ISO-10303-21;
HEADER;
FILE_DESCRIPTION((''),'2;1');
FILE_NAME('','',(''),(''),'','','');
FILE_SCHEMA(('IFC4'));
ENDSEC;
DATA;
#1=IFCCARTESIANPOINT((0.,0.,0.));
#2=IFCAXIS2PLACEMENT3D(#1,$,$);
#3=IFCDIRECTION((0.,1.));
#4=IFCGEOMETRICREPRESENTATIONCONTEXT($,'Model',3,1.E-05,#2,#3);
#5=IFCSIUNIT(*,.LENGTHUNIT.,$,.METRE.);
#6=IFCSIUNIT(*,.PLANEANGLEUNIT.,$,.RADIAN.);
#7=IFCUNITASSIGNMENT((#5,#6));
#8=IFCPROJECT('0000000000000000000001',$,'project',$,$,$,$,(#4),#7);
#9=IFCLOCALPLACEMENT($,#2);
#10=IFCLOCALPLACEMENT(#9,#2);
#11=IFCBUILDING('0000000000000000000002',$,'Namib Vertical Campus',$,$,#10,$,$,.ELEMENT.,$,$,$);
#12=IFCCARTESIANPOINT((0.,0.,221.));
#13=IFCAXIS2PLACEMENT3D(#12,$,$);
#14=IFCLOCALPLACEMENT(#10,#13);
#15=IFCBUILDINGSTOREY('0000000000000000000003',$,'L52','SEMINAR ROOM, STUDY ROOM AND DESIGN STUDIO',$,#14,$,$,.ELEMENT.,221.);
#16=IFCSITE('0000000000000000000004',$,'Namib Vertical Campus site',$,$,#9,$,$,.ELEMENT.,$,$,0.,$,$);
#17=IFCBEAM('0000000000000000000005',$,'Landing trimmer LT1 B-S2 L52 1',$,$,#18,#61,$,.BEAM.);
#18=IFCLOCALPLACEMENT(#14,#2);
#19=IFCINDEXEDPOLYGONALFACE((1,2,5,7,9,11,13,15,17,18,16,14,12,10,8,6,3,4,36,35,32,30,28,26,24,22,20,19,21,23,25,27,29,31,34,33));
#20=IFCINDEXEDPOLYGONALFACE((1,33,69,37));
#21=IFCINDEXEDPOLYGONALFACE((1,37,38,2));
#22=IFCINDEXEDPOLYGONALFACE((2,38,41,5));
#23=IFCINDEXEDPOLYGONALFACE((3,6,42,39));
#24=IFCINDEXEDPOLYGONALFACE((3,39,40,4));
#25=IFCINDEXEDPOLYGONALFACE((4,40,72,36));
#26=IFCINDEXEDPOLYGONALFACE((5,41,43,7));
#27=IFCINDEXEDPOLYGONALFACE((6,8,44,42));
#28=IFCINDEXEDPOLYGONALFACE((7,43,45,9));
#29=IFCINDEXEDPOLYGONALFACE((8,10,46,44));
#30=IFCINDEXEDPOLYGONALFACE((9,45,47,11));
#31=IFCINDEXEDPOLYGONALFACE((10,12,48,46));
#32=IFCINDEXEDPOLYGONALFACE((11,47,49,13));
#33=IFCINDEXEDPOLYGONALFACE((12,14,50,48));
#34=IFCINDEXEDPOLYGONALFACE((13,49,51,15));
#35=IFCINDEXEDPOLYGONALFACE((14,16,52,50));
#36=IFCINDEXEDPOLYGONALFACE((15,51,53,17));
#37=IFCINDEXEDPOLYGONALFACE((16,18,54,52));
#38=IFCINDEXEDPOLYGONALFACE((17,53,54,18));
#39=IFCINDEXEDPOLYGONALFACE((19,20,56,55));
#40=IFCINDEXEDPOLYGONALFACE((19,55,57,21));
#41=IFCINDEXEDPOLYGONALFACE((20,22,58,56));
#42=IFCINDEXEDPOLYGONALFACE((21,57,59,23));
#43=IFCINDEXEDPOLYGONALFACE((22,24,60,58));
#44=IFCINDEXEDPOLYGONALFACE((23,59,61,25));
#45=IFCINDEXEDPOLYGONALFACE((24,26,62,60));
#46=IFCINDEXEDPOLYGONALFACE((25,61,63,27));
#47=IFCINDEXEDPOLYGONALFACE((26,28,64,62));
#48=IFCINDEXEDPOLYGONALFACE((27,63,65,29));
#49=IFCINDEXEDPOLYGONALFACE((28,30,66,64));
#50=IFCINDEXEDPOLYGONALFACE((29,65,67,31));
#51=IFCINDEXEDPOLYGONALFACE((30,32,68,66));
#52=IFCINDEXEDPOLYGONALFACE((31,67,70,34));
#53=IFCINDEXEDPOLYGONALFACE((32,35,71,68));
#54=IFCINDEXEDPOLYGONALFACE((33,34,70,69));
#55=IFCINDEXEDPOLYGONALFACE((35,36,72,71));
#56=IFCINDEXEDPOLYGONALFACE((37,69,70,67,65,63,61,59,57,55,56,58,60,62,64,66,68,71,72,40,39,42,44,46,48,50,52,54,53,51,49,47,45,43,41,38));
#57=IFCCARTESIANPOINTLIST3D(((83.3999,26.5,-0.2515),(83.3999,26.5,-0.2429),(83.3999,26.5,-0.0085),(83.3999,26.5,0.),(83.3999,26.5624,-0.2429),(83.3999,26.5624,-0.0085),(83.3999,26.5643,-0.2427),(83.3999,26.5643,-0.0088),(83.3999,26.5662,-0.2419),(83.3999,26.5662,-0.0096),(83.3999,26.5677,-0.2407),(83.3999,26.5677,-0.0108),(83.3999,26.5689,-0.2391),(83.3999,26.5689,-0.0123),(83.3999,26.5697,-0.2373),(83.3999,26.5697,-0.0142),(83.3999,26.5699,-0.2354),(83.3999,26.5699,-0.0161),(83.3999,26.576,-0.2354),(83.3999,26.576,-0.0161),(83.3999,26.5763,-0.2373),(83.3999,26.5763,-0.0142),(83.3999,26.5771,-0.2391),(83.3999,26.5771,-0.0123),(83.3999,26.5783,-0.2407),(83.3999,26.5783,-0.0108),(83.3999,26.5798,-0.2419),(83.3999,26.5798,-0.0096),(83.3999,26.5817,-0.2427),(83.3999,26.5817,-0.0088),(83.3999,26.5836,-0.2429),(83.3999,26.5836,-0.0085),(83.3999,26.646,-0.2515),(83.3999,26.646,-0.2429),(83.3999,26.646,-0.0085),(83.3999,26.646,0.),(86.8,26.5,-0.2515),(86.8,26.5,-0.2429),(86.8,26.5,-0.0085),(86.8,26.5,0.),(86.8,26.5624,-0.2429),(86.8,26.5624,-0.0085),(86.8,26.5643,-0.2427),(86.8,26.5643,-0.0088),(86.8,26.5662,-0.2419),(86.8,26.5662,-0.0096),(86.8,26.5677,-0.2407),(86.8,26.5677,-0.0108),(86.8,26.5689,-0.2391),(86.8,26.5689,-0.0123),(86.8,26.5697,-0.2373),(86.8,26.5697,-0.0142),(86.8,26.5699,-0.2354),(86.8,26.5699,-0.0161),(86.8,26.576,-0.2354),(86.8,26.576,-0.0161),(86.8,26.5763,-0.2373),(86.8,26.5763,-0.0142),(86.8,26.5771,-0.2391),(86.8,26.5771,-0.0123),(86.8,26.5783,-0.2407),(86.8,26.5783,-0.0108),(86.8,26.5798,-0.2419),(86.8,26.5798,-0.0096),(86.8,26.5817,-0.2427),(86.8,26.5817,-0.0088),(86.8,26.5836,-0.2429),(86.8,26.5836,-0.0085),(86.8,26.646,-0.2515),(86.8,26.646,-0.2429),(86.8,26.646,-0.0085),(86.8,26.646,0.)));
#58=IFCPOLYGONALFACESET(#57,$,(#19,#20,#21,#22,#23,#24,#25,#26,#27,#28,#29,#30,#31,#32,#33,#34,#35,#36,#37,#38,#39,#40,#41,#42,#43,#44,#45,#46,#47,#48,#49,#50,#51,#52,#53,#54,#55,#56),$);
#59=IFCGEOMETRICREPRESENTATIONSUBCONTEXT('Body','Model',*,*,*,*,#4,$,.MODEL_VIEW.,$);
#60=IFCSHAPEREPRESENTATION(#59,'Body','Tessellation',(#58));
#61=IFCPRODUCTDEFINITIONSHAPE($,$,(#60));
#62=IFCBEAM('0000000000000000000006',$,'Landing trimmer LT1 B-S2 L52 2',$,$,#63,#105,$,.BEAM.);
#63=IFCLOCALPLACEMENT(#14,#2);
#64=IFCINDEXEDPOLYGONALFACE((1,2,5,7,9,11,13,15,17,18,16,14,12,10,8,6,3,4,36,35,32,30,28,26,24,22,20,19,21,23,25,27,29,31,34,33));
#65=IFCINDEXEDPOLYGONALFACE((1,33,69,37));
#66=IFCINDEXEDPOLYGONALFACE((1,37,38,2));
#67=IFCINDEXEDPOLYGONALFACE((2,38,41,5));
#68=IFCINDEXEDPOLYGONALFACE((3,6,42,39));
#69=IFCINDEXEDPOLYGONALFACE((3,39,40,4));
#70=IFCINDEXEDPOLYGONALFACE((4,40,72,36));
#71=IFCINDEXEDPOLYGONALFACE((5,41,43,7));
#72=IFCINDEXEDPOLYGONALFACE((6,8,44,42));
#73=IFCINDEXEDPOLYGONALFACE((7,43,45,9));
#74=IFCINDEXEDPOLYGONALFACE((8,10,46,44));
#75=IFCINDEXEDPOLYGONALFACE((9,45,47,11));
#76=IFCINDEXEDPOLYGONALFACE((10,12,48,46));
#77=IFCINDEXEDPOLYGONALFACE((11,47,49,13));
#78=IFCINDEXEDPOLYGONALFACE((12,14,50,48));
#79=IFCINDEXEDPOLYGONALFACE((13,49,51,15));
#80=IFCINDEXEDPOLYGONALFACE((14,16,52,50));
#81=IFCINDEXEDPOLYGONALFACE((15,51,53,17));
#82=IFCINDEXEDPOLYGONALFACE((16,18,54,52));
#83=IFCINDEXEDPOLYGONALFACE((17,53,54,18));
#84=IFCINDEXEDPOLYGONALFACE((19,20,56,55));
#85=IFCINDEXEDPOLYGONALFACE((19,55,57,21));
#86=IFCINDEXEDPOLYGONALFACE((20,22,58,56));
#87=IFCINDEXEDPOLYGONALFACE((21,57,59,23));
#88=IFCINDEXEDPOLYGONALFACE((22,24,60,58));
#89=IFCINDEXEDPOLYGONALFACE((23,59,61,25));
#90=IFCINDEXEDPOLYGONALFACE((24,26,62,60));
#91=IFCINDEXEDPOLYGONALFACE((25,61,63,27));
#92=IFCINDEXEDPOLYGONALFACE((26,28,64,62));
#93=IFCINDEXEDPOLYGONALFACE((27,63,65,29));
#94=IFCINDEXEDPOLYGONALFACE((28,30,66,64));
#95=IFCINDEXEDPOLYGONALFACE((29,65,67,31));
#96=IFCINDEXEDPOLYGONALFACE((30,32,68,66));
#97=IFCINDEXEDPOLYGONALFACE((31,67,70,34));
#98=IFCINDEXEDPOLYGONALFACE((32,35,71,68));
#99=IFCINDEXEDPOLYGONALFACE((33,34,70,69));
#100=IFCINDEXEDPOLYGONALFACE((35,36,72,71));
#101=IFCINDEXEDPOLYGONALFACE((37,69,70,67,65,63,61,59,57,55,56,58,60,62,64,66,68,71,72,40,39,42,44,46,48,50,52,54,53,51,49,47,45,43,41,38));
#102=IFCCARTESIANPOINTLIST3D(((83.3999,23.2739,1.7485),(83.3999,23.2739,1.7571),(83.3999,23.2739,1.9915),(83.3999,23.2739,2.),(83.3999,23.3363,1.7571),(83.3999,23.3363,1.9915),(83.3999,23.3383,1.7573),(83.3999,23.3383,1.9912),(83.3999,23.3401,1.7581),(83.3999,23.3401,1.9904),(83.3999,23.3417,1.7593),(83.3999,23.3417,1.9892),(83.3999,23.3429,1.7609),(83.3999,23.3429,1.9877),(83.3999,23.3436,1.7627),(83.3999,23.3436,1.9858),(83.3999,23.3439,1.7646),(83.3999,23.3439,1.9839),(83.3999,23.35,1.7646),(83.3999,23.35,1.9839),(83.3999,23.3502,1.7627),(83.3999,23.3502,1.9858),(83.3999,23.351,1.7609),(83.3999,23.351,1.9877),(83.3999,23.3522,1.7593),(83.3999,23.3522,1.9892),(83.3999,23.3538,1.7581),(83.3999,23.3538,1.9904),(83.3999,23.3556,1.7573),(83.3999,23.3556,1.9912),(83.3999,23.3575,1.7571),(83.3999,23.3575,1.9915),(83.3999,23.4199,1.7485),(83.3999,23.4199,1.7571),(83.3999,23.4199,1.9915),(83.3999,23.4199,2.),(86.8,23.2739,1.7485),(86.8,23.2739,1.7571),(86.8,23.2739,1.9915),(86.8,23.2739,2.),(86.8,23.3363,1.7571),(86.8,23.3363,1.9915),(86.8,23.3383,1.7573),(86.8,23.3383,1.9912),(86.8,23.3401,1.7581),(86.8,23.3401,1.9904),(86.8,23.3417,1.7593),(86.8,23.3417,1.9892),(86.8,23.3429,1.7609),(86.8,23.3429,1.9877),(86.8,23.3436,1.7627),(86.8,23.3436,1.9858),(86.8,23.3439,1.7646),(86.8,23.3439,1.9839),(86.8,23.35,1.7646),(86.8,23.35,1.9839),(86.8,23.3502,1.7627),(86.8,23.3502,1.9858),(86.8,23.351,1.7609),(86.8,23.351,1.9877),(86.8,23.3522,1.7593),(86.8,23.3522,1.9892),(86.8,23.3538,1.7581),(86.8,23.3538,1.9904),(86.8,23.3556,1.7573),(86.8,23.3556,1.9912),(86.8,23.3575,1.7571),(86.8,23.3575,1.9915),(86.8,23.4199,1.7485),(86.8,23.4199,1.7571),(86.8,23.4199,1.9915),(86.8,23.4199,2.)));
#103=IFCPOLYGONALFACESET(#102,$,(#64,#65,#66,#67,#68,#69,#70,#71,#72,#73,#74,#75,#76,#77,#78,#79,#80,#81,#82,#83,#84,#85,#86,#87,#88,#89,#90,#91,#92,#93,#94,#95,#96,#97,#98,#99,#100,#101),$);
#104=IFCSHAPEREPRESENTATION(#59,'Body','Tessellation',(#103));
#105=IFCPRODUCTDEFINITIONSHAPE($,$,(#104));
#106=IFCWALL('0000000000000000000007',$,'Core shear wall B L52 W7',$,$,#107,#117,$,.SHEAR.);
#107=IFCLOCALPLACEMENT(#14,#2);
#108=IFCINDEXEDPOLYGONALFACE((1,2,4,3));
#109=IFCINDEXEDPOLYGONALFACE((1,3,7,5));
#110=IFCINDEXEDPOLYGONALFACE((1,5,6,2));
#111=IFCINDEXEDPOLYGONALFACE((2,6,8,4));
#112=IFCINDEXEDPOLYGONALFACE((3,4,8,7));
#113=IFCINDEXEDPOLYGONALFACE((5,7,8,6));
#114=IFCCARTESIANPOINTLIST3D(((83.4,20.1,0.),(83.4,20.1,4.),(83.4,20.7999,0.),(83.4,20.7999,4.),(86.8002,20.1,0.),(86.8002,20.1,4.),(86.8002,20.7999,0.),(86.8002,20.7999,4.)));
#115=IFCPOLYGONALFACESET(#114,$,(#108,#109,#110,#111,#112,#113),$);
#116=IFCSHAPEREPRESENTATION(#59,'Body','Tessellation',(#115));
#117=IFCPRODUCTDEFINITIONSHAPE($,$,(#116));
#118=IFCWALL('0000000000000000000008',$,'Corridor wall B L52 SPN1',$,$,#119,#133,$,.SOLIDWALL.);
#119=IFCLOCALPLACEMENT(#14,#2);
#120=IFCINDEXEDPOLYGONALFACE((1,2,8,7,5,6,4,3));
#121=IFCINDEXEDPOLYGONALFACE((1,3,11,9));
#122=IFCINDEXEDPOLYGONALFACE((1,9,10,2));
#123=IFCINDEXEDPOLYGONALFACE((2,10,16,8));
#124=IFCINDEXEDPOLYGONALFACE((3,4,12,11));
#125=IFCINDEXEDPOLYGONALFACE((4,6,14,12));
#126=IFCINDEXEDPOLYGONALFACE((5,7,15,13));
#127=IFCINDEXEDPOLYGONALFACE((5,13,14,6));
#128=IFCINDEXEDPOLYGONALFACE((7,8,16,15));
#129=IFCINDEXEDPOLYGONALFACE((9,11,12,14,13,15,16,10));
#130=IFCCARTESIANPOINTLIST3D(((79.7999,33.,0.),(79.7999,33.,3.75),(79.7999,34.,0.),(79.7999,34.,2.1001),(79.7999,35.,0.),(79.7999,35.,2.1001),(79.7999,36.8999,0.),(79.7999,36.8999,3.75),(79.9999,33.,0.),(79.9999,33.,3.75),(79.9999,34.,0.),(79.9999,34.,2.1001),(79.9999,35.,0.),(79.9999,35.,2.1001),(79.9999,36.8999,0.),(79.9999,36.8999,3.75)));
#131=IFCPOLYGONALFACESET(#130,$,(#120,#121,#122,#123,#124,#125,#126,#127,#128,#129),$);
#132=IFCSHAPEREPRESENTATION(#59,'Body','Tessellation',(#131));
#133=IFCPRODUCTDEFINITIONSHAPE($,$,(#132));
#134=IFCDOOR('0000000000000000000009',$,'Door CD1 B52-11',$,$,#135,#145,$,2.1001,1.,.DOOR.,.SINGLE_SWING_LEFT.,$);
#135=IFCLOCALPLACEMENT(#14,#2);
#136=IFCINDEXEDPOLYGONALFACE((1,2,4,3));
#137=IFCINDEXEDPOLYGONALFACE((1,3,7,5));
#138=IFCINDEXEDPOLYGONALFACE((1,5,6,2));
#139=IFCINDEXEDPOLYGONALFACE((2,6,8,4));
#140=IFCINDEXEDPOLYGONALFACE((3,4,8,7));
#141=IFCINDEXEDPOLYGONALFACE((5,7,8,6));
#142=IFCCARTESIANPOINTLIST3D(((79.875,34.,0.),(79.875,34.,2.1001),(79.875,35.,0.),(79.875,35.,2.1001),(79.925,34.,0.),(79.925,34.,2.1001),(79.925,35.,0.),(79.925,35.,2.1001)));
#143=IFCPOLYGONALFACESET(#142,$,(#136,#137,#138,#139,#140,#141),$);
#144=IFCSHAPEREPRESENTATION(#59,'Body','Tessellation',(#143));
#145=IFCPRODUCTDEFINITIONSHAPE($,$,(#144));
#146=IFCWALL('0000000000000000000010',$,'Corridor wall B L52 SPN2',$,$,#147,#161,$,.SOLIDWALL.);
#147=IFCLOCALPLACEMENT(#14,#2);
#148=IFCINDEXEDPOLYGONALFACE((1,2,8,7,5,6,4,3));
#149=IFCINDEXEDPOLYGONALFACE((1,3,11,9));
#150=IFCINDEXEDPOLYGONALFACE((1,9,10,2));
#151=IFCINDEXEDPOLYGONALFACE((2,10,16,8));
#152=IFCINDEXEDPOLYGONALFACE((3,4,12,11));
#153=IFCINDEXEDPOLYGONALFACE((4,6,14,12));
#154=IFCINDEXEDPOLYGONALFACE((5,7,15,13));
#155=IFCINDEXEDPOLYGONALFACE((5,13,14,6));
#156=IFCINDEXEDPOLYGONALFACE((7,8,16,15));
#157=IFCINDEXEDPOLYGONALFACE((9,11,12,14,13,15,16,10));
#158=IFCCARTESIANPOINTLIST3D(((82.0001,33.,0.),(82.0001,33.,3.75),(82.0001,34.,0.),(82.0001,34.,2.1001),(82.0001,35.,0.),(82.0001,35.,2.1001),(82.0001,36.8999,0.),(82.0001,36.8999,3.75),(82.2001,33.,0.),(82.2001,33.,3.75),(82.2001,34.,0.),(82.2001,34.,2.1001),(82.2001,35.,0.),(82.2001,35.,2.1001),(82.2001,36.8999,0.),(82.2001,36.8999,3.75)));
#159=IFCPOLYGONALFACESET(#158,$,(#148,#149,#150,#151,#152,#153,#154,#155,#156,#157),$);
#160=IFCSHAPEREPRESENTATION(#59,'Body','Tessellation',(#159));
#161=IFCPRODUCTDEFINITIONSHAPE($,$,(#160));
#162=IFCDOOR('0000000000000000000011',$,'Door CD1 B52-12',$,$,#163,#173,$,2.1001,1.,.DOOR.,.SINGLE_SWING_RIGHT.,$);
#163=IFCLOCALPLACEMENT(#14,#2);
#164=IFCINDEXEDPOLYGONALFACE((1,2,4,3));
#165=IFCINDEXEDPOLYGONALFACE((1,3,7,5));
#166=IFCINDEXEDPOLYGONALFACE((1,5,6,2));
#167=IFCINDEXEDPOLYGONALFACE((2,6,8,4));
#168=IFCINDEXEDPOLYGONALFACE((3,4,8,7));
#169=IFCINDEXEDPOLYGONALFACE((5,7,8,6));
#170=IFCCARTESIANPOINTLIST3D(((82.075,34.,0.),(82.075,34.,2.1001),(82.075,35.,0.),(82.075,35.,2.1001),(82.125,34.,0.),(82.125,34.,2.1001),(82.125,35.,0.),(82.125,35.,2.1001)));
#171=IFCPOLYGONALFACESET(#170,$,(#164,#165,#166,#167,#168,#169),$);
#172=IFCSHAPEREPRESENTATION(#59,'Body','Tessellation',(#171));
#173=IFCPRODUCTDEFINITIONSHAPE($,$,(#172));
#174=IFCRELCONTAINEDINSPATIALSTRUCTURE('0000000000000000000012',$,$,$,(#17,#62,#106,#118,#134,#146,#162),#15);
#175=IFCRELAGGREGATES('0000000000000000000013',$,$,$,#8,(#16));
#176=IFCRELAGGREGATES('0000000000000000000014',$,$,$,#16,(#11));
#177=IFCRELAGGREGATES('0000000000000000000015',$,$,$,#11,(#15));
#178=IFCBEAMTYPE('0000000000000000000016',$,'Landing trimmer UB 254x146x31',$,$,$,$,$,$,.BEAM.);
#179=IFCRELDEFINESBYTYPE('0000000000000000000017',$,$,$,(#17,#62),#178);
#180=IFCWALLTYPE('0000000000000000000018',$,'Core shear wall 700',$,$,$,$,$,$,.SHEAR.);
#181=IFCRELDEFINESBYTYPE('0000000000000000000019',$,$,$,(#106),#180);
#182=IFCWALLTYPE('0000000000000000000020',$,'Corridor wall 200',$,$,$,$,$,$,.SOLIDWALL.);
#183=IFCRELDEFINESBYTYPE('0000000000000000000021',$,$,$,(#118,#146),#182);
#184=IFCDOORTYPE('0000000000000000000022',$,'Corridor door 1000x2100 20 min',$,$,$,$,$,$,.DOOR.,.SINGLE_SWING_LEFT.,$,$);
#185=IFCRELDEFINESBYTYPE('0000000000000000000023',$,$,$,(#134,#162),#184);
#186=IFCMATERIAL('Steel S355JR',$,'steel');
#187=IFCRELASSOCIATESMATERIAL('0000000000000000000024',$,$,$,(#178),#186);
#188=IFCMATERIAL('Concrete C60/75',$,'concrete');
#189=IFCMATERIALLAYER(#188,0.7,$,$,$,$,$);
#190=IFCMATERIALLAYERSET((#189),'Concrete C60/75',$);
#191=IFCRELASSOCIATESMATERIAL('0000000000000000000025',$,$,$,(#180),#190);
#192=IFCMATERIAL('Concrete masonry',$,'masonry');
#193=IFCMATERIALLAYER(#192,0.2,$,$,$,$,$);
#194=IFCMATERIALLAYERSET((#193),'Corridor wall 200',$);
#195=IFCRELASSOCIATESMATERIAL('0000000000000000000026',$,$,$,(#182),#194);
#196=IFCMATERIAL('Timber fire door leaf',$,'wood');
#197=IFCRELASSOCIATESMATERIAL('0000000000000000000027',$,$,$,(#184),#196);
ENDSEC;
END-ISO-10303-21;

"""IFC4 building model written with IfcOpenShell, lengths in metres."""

from ifc_helpers import new_model, si_unit, direction, frame, frame_2d, origin, origin_2d, place, context, subcontext, project, spatial, rectangle, i_section, extrude, material, layer, layer_set, material_profile, profile_set, type_object, element, fill, save


model = new_model("IFC4")

# Units and contexts
model_context = context("Model", 3, precision=1e-05, world=origin(), true_north=direction((0.0, 1.0)))
body_context = subcontext(model_context, "Body", "Model", "MODEL_VIEW")
ifc_project = project(units=[si_unit("LENGTHUNIT", "METRE"), si_unit("PLANEANGLEUNIT", "RADIAN")], contexts=[model_context])

# Site, building, storey
site_placement = place(None, origin())
site = spatial("IfcSite", under=ifc_project, at=site_placement, Name="Namib Vertical Campus site", CompositionType="ELEMENT", RefElevation=0.0)
building_placement = place(site_placement, origin())
building = spatial("IfcBuilding", under=site, at=building_placement, Name="Namib Vertical Campus", CompositionType="ELEMENT")
storey_placement = place(building_placement, frame((0.0, 0.0, 221.0)))
storey = spatial("IfcBuildingStorey", under=building, at=storey_placement, Name="L52", Description="SEMINAR ROOM, STUDY ROOM AND DESIGN STUDIO", CompositionType="ELEMENT", Elevation=221.0)

# Beams
ifc_material_1 = material(Name="Steel S355JR", Category="steel")
ifc_material_profile = material_profile(ifc_material_1, i_section(OverallWidth=0.146, OverallDepth=0.2515, WebThickness=0.0061, FlangeThickness=0.0085, FilletRadius=0.0076, at=origin_2d()))
ifc_profile_set = profile_set([ifc_material_profile], Name="Steel S355JR")
beam_type = type_object("IfcBeamType", Name="Landing trimmer UB 254x146x31", PredefinedType="BEAM", material=ifc_profile_set)
for number, where, z_axis, x_axis, name in (
    (1, (83.3999, 26.573, -0.1257), (1.0, 0.0, 0.0), (0.0, 1.0, 0.0), "Landing trimmer LT1 B-S2 L52 1"),
    (2, (83.3999, 23.3469, 1.8743), (1.0, 0.0, 0.0), (0.0, 1.0, 0.0), "Landing trimmer LT1 B-S2 L52 2"),
):
    element("IfcBeam", number, at=place(storey_placement, frame(where, z_axis=z_axis, x_axis=x_axis)), inside=storey, type_object=beam_type, Name=name, PredefinedType="BEAM", context=body_context, shape_type="SweptSolid", body=[
        extrude(i_section(OverallWidth=0.146, OverallDepth=0.2515, WebThickness=0.0061, FlangeThickness=0.0085, FilletRadius=0.0076, at=origin_2d()), origin(), (0.0, 0.0, 1.0), 3.4001),
    ])

# Wall
ifc_material_2 = material(Name="Concrete C60/75", Category="concrete")
ifc_layer_1 = layer(ifc_material_2, 0.7)
ifc_layer_set_1 = layer_set([ifc_layer_1], Name="Concrete C60/75")
wall_type_1 = type_object("IfcWallType", Name="Core shear wall 700", PredefinedType="SHEAR", material=ifc_layer_set_1)
wall_1_placement = place(storey_placement, frame((83.3999, 20.45, 0.0), z_axis=(0.0, 0.0, 1.0), x_axis=(1.0, 0.0, 0.0)))
element("IfcWall", 3, at=wall_1_placement, inside=storey, type_object=wall_type_1, Name="Core shear wall B L52 W7", PredefinedType="SHEAR", context=body_context, shape_type="SweptSolid", body=[
    extrude(rectangle(XDim=3.4001, YDim=0.7, at=frame_2d((1.7002, 0.0))), origin(), (0.0, 0.0, 1.0), 4.0),
])

# Walls, openings, doors
ifc_material_3 = material(Name="Concrete masonry", Category="masonry")
ifc_layer_2 = layer(ifc_material_3, 0.2)
ifc_layer_set_2 = layer_set([ifc_layer_2], Name="Corridor wall 200")
wall_type_2 = type_object("IfcWallType", Name="Corridor wall 200", PredefinedType="SOLIDWALL", material=ifc_layer_set_2)
wall_2_placement = place(storey_placement, frame((79.8999, 33.0, 0.0), z_axis=(0.0, 0.0, 1.0), x_axis=(0.0, 1.0, 0.0)))
wall_2 = element("IfcWall", 4, at=wall_2_placement, inside=storey, type_object=wall_type_2, Name="Corridor wall B L52 SPN1", PredefinedType="SOLIDWALL", context=body_context, shape_type="SweptSolid", body=[
    extrude(rectangle(XDim=3.8999, YDim=0.2, at=frame_2d((1.95, 0.0))), origin(), (0.0, 0.0, 1.0), 3.75),
])
opening_1_placement = place(wall_2_placement, frame((1.0, 0.0, 0.0)))
opening_1 = element("IfcOpeningElement", 5, at=opening_1_placement, cuts=wall_2, PredefinedType="OPENING", context=body_context, shape_type="SweptSolid", body=[
    extrude(rectangle(XDim=1.0, YDim=2.1001, at=frame_2d((0.5, 1.05))), frame((0.0, 0.1099, 0.0), z_axis=(0.0, -1.0, 0.0), x_axis=(1.0, 0.0, 0.0)), (0.0, 0.0, 1.0), 0.22),
])
ifc_material_4 = material(Name="Timber fire door leaf", Category="wood")
door_type_1 = type_object("IfcDoorType", Name="Corridor door 1000x2100 20 min", OperationType="SINGLE_SWING_LEFT", PredefinedType="DOOR", material=ifc_material_4)
door_1_placement = place(opening_1_placement, origin())
door_1 = element("IfcDoor", 6, at=door_1_placement, inside=storey, type_object=door_type_1, Name="Door CD1 B52-11", OperationType="SINGLE_SWING_LEFT", OverallHeight=2.1001, OverallWidth=1.0, PredefinedType="DOOR", context=body_context, shape_type="SweptSolid", body=[
    extrude(rectangle(XDim=1.0, YDim=2.1001, at=frame_2d((0.5, 1.05))), frame((0.0, 0.0249, 0.0), z_axis=(0.0, -1.0, 0.0), x_axis=(1.0, 0.0, 0.0)), (0.0, 0.0, 1.0), 0.05),
])
fill(opening_1, door_1)
wall_3_placement = place(storey_placement, frame((82.1001, 36.8999, 0.0), z_axis=(0.0, 0.0, 1.0), x_axis=(0.0, -1.0, 0.0)))
wall_3 = element("IfcWall", 7, at=wall_3_placement, inside=storey, type_object=wall_type_2, Name="Corridor wall B L52 SPN2", PredefinedType="SOLIDWALL", context=body_context, shape_type="SweptSolid", body=[
    extrude(rectangle(XDim=3.8999, YDim=0.2, at=frame_2d((1.95, 0.0))), origin(), (0.0, 0.0, 1.0), 3.75),
])
opening_2_placement = place(wall_3_placement, frame((1.8999, 0.0, 0.0)))
opening_2 = element("IfcOpeningElement", 8, at=opening_2_placement, cuts=wall_3, PredefinedType="OPENING", context=body_context, shape_type="SweptSolid", body=[
    extrude(rectangle(XDim=1.0, YDim=2.1001, at=frame_2d((0.5, 1.05))), frame((0.0, 0.1099, 0.0), z_axis=(0.0, -1.0, 0.0), x_axis=(1.0, 0.0, 0.0)), (0.0, 0.0, 1.0), 0.22),
])
door_2_placement = place(opening_2_placement, origin())
door_2 = element("IfcDoor", 9, at=door_2_placement, inside=storey, type_object=door_type_1, Name="Door CD1 B52-12", OperationType="SINGLE_SWING_RIGHT", OverallHeight=2.1001, OverallWidth=1.0, PredefinedType="DOOR", context=body_context, shape_type="SweptSolid", body=[
    extrude(rectangle(XDim=1.0, YDim=2.1001, at=frame_2d((0.5, 1.05))), frame((0.0, 0.0249, 0.0), z_axis=(0.0, -1.0, 0.0), x_axis=(1.0, 0.0, 0.0)), (0.0, 0.0, 1.0), 0.05),
])
fill(opening_2, door_2)

save(model, "model.ifc")
